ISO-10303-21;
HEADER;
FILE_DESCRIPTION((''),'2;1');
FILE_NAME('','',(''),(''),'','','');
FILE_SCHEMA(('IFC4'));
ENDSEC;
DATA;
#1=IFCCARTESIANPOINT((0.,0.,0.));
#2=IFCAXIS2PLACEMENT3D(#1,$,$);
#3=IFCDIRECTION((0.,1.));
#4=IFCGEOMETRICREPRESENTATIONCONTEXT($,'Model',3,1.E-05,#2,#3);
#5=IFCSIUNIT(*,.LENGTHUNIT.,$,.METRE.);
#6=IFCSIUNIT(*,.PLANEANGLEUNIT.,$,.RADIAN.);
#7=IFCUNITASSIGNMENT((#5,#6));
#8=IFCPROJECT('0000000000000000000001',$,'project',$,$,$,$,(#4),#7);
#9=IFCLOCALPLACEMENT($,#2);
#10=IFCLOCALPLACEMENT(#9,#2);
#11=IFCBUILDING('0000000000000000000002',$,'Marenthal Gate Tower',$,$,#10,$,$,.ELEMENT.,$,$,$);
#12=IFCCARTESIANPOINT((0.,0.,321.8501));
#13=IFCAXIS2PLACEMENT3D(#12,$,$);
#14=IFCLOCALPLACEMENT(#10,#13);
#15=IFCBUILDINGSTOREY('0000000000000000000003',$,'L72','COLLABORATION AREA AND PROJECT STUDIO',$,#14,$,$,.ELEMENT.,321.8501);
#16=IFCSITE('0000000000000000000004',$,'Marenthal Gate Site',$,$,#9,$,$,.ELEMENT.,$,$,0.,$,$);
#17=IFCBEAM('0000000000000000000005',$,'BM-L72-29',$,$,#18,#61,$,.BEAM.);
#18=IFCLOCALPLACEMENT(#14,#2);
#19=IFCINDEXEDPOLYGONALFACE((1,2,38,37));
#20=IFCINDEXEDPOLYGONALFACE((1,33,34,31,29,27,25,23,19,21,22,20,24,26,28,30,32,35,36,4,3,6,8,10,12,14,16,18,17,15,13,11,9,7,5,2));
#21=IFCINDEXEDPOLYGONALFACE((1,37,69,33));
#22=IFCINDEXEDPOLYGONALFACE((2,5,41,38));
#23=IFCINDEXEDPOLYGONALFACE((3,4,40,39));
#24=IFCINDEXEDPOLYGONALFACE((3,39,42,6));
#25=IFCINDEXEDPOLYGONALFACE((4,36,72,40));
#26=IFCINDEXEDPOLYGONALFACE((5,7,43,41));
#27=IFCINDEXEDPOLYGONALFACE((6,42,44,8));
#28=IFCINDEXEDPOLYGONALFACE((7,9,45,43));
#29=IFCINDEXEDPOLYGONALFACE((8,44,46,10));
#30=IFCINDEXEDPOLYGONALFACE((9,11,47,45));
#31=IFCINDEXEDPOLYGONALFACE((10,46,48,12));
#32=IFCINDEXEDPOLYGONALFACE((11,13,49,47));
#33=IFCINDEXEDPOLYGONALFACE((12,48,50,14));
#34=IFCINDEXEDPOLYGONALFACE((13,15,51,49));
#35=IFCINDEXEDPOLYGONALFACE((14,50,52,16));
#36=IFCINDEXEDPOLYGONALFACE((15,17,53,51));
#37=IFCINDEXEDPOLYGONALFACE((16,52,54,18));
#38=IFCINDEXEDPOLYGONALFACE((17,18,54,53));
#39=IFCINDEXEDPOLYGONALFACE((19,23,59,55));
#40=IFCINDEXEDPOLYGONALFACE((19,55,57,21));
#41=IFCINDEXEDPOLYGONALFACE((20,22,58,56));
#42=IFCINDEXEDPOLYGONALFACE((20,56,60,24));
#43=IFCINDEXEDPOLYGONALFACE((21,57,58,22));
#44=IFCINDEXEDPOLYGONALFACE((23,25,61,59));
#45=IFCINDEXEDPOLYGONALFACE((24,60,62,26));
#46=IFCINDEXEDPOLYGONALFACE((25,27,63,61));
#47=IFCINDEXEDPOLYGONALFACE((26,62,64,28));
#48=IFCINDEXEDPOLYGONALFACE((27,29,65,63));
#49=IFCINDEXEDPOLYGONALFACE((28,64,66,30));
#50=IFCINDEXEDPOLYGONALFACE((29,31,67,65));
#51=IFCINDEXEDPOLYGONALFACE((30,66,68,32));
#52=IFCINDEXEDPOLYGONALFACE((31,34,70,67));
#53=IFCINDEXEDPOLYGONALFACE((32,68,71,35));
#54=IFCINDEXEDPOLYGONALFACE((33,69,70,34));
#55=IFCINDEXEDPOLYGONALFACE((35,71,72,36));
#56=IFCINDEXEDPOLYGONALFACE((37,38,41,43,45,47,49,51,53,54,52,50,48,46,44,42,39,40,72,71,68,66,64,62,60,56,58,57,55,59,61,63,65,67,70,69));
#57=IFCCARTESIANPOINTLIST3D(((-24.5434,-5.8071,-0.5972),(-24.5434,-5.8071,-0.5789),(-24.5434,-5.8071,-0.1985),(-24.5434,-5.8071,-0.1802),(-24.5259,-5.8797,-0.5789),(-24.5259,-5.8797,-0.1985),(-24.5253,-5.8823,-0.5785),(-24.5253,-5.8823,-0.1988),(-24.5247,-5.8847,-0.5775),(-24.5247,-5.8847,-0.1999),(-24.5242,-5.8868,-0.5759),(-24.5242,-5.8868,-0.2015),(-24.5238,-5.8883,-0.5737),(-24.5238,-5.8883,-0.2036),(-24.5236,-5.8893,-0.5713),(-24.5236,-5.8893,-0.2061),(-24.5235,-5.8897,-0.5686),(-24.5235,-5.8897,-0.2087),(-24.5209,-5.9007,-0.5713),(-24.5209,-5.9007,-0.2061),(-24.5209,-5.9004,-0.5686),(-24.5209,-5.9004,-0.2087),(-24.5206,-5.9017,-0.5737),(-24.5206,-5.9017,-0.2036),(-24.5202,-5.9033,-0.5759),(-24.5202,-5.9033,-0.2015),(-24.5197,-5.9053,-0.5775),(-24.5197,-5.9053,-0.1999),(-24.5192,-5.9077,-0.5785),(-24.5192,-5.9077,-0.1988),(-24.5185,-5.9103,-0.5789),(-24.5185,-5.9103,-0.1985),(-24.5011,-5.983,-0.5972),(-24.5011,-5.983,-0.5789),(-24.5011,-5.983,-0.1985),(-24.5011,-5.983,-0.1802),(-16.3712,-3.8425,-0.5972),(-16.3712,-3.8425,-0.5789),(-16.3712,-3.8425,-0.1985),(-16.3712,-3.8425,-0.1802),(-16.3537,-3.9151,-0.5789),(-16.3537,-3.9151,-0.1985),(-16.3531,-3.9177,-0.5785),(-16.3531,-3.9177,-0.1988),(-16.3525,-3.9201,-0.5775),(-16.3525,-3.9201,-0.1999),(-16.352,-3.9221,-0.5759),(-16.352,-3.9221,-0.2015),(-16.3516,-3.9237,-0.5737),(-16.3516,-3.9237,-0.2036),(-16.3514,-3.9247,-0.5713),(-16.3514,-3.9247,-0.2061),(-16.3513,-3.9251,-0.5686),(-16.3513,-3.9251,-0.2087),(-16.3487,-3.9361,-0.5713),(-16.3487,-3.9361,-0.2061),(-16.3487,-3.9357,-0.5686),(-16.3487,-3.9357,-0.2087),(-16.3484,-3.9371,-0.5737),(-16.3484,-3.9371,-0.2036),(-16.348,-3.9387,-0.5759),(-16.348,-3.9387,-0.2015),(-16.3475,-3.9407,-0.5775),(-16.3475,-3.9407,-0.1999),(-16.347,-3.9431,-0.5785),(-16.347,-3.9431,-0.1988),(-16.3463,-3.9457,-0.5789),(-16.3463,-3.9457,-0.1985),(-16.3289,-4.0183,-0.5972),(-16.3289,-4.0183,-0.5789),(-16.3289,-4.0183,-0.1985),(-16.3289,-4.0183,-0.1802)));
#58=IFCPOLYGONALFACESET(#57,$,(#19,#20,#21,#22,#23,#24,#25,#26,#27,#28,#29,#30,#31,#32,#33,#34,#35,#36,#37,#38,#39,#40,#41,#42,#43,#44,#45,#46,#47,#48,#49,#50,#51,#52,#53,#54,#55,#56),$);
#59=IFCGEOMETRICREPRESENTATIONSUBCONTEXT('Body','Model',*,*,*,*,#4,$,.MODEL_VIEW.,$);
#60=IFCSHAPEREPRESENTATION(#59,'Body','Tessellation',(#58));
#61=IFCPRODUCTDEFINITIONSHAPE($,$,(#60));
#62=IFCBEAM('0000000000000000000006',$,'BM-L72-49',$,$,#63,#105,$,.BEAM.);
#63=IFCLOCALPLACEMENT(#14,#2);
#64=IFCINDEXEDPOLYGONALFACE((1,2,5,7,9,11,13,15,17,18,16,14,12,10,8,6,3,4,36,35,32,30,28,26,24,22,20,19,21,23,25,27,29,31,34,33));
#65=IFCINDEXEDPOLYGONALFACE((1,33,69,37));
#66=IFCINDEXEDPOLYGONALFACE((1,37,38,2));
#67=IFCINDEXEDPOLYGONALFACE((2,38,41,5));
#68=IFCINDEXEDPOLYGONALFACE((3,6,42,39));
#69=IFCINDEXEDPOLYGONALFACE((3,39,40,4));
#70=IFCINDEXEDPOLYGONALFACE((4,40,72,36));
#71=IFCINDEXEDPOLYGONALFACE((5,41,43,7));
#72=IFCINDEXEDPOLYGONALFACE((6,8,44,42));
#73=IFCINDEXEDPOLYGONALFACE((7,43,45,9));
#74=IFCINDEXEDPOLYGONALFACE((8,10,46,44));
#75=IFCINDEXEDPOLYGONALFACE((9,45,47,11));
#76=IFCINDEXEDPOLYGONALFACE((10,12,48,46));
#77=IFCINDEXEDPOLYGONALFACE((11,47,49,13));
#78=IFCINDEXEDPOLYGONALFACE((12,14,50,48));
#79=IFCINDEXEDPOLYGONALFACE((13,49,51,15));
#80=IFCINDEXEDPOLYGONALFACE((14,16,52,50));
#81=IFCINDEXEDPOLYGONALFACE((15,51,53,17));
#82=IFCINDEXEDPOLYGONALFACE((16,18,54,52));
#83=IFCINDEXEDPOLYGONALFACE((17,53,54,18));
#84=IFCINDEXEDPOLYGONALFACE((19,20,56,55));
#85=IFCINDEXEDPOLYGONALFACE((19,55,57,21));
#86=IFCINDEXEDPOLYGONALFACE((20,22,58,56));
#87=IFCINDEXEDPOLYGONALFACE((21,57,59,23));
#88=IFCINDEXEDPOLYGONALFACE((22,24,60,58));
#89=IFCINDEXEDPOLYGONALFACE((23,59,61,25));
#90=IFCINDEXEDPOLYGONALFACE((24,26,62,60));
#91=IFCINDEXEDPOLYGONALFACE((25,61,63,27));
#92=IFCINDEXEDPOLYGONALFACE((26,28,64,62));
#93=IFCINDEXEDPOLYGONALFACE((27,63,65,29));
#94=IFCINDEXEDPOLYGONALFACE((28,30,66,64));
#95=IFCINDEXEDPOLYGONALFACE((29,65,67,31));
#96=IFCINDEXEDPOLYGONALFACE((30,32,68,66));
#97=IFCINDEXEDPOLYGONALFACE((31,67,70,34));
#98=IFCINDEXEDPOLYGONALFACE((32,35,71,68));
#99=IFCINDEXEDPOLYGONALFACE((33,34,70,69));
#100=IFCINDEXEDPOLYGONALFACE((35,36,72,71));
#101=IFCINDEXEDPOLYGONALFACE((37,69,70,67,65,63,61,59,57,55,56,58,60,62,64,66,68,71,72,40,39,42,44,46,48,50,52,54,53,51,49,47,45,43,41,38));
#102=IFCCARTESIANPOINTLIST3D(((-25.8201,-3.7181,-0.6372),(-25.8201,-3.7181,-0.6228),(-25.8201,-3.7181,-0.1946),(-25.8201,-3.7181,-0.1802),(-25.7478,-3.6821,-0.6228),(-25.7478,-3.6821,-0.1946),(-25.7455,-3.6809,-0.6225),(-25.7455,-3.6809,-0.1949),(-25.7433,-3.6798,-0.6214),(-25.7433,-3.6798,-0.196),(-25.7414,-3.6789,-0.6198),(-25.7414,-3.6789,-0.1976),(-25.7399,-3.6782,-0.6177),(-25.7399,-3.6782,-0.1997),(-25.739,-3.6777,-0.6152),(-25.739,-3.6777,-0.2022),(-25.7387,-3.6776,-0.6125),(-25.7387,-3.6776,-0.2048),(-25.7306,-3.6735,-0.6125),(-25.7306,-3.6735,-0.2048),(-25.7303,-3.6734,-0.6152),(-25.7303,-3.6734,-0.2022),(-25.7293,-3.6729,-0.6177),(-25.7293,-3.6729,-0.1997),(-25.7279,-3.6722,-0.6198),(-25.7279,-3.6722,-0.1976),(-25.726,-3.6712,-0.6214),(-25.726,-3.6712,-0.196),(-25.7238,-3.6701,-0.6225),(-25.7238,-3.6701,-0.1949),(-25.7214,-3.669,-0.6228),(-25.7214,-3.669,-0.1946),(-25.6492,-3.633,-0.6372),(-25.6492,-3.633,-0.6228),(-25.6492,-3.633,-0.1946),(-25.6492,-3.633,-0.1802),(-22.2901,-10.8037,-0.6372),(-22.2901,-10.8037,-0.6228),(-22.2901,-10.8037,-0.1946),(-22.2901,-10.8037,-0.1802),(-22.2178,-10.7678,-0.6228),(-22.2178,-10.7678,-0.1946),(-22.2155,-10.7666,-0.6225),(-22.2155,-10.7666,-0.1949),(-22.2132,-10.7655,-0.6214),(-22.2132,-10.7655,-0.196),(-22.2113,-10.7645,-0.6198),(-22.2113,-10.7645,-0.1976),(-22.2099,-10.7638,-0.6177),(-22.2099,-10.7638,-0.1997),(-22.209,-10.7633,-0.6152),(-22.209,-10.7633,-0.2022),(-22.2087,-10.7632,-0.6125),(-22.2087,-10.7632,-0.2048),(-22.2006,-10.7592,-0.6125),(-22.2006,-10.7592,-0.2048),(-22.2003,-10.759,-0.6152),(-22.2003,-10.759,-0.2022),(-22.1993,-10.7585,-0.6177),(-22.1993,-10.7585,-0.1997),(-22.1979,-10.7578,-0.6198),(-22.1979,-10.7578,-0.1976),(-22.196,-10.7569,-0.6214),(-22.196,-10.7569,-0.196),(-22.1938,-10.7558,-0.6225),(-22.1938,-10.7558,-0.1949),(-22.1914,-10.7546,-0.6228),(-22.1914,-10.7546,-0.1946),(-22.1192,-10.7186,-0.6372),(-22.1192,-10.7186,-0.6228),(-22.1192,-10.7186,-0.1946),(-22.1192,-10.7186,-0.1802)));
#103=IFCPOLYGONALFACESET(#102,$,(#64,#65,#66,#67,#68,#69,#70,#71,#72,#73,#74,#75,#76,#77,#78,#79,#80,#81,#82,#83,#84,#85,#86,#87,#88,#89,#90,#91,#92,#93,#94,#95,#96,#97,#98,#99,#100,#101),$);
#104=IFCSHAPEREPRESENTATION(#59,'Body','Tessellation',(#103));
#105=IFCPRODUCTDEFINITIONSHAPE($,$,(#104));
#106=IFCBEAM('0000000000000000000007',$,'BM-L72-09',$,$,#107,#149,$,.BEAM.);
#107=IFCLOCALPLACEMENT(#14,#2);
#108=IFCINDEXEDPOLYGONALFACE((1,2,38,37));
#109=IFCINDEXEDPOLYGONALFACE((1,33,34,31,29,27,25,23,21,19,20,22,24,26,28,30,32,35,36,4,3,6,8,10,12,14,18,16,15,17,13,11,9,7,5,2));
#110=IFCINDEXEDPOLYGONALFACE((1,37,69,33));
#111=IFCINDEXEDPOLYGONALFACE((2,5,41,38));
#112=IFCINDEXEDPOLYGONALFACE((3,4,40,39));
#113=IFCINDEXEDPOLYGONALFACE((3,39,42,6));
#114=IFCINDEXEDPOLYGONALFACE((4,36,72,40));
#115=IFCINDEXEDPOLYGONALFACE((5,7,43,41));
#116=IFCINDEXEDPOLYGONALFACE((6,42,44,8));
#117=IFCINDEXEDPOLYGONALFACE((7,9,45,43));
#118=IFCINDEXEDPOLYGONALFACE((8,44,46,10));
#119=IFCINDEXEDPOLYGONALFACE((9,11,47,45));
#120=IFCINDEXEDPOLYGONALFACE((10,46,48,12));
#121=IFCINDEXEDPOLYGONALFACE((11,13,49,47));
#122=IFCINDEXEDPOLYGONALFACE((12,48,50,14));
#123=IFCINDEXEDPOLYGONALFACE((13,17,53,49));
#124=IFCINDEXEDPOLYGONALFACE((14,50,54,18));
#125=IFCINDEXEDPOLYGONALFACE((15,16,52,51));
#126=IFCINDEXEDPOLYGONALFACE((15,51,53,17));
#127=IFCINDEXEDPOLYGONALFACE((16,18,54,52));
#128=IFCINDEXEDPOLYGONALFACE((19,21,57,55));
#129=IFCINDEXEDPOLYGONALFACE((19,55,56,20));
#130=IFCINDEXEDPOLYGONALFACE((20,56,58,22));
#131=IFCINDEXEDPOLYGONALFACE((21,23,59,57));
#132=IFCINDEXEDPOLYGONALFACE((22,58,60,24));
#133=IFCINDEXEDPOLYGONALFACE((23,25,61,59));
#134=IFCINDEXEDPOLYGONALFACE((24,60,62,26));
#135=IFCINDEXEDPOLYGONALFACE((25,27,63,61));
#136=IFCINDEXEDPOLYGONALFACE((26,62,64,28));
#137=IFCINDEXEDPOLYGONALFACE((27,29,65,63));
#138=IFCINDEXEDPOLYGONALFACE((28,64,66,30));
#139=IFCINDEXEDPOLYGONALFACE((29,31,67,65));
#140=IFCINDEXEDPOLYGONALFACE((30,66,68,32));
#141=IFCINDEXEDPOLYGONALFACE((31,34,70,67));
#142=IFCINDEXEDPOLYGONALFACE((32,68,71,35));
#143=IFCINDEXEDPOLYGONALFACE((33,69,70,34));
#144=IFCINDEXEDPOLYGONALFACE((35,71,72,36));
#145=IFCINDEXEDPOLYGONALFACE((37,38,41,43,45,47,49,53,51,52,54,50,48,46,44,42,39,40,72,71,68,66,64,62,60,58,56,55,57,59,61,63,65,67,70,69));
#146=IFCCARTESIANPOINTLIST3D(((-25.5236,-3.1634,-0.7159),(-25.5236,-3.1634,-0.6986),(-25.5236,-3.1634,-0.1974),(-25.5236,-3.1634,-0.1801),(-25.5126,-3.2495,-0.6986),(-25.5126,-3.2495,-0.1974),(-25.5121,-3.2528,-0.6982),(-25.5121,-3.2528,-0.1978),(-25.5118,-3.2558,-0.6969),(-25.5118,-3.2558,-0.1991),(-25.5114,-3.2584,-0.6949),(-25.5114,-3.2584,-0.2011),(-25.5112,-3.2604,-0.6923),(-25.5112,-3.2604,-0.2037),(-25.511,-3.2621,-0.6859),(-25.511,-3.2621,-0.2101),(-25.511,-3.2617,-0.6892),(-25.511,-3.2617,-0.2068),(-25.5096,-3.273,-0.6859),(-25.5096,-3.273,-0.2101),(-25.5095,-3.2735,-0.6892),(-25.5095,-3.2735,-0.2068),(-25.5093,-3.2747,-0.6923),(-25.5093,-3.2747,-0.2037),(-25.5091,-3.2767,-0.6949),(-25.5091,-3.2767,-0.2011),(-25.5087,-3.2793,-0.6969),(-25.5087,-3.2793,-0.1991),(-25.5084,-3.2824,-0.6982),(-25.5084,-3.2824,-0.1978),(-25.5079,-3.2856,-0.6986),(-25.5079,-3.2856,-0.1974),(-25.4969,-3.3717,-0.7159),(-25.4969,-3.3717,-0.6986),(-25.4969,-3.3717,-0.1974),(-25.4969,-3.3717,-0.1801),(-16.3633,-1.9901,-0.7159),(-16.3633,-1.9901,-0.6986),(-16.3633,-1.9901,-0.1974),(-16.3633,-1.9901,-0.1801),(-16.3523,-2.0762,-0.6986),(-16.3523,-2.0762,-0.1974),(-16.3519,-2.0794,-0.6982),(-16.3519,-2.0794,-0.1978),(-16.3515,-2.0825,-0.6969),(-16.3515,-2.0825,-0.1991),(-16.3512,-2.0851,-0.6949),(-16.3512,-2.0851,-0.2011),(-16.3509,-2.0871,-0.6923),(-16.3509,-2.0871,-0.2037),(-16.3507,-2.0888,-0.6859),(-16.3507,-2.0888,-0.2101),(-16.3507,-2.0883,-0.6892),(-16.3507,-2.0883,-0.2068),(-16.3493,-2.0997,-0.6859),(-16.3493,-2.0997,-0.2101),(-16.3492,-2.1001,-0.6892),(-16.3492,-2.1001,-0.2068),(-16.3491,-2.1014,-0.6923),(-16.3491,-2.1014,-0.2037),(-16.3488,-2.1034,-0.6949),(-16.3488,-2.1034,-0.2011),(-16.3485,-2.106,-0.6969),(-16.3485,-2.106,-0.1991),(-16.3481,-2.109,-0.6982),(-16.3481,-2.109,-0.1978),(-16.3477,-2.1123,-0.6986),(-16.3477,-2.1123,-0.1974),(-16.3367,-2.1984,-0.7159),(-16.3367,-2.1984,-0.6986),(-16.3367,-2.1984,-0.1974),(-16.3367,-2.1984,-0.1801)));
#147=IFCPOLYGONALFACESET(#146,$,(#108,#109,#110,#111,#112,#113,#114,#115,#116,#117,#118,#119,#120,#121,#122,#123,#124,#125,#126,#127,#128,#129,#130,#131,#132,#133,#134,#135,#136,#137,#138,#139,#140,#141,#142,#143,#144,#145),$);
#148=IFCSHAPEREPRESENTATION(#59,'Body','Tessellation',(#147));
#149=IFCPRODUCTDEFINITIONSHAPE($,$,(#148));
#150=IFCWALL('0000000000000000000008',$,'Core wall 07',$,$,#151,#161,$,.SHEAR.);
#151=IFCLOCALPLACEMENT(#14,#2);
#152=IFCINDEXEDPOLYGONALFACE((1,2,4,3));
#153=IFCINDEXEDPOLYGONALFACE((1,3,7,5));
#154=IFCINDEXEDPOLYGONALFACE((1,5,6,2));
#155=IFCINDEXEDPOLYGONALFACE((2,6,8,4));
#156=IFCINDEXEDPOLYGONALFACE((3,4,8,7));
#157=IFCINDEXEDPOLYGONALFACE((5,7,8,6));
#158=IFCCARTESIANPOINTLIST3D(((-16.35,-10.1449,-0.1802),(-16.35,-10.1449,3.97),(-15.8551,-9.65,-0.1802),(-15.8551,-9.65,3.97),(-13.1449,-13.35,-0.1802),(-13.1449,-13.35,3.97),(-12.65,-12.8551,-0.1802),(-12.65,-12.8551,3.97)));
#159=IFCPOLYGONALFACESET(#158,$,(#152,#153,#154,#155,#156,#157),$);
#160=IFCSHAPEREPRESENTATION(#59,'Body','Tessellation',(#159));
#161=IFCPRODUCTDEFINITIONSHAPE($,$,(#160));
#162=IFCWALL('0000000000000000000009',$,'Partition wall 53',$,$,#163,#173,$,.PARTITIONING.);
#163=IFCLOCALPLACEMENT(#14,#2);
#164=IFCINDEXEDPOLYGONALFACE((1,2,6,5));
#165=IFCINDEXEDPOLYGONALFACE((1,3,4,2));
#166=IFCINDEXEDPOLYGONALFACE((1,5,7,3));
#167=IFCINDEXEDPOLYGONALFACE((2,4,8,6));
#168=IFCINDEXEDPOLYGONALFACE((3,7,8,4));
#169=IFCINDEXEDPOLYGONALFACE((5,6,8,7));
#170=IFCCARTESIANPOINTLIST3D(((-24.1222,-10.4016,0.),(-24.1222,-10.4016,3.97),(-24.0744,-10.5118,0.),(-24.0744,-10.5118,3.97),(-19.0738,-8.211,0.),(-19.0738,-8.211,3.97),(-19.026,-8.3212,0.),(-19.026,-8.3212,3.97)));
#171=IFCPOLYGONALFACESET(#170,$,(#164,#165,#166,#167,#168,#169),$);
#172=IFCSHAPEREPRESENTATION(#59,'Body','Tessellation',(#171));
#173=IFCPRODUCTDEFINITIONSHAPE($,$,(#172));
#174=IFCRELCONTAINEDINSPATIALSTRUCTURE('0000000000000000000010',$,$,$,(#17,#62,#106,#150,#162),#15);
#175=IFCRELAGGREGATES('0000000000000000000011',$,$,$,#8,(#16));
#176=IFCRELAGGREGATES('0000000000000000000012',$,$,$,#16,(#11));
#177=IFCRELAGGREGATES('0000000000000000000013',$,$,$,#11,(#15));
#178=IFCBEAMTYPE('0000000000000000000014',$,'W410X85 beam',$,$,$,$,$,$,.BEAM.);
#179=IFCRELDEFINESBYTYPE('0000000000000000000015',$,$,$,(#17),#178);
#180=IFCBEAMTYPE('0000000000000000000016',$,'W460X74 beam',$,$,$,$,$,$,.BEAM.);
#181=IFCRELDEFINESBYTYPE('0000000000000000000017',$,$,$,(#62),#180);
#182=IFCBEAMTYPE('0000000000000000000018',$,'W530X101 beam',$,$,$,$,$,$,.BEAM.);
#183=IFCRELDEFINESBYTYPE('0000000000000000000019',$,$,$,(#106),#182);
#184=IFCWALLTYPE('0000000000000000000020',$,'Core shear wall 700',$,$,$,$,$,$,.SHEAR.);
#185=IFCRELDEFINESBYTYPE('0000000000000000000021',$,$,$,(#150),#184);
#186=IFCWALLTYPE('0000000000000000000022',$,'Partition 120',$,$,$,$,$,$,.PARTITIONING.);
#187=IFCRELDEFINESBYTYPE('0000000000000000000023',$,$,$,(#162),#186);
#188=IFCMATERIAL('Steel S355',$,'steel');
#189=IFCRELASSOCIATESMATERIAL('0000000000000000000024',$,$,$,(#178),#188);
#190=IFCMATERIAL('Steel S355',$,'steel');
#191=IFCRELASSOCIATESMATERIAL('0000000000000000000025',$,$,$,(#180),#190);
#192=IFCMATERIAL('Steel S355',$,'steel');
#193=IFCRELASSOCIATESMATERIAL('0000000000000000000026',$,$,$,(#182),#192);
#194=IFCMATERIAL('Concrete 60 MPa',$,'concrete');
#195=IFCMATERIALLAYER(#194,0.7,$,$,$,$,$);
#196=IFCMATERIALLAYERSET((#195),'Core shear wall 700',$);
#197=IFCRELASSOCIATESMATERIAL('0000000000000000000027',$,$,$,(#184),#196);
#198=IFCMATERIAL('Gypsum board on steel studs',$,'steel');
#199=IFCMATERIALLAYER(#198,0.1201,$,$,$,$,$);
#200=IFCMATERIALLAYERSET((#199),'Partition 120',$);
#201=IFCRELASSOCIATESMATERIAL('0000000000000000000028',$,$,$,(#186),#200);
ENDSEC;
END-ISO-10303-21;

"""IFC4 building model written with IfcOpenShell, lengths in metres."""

from ifc_helpers import new_model, si_unit, direction, frame, frame_2d, origin, origin_2d, place, context, subcontext, project, spatial, rectangle, i_section, extrude, material, layer, layer_set, material_profile, profile_set, type_object, element, save


model = new_model("IFC4")

# Units and contexts
model_context = context("Model", 3, precision=1e-05, world=origin(), true_north=direction((0.0, 1.0)))
body_context = subcontext(model_context, "Body", "Model", "MODEL_VIEW")
ifc_project = project(units=[si_unit("LENGTHUNIT", "METRE"), si_unit("PLANEANGLEUNIT", "RADIAN")], contexts=[model_context])

# Site, building, storey
site_placement = place(None, origin())
site = spatial("IfcSite", under=ifc_project, at=site_placement, Name="Marenthal Gate Site", CompositionType="ELEMENT", RefElevation=0.0)
building_placement = place(site_placement, origin())
building = spatial("IfcBuilding", under=site, at=building_placement, Name="Marenthal Gate Tower", CompositionType="ELEMENT")
storey_placement = place(building_placement, frame((0.0, 0.0, 321.8501)))
storey = spatial("IfcBuildingStorey", under=building, at=storey_placement, Name="L72", Description="COLLABORATION AREA AND PROJECT STUDIO", CompositionType="ELEMENT", Elevation=321.8501)

# Beams
ifc_material_1 = material(Name="Steel S355", Category="steel")
ifc_material_profile_1 = material_profile(ifc_material_1, i_section(OverallWidth=0.1809, OverallDepth=0.417, WebThickness=0.011, FlangeThickness=0.0183, FilletRadius=0.0103, at=origin_2d()), Name="W410X85")
ifc_profile_set_1 = profile_set([ifc_material_profile_1], Name="Steel S355")
beam_type_1 = type_object("IfcBeamType", Name="W410X85 beam", PredefinedType="BEAM", material=ifc_profile_set_1)
beam_1_placement = place(storey_placement, frame((-24.5222, -5.895, -0.3887), z_axis=(0.972298, 0.233743, 0.0), x_axis=(-0.233743, 0.972298, 0.0)))
element("IfcBeam", 1, at=beam_1_placement, inside=storey, type_object=beam_type_1, Name="BM-L72-29", PredefinedType="BEAM", context=body_context, shape_type="SweptSolid", body=[
    extrude(i_section(OverallWidth=0.1809, OverallDepth=0.417, WebThickness=0.011, FlangeThickness=0.0183, FilletRadius=0.0103, at=origin_2d()), origin(), (0.0, 0.0, 1.0), 8.405),
])
ifc_material_2 = material(Name="Steel S355", Category="steel")
ifc_material_profile_2 = material_profile(ifc_material_2, i_section(OverallWidth=0.1909, OverallDepth=0.457, WebThickness=0.009, FlangeThickness=0.0144, FilletRadius=0.0103, at=origin_2d()), Name="W460X74")
ifc_profile_set_2 = profile_set([ifc_material_profile_2], Name="Steel S355")
beam_type_2 = type_object("IfcBeamType", Name="W460X74 beam", PredefinedType="BEAM", material=ifc_profile_set_2)
beam_2_placement = place(storey_placement, frame((-25.7346, -3.6755, -0.4087), z_axis=(0.445918, -0.895074, 0.0), x_axis=(0.895074, 0.445918, 0.0)))
element("IfcBeam", 2, at=beam_2_placement, inside=storey, type_object=beam_type_2, Name="BM-L72-49", PredefinedType="BEAM", context=body_context, shape_type="SweptSolid", body=[
    extrude(i_section(OverallWidth=0.1909, OverallDepth=0.457, WebThickness=0.009, FlangeThickness=0.0144, FilletRadius=0.0103, at=origin_2d()), origin(), (0.0, 0.0, 1.0), 7.9163),
])
ifc_material_3 = material(Name="Steel S355", Category="steel")
ifc_material_profile_3 = material_profile(ifc_material_3, i_section(OverallWidth=0.21, OverallDepth=0.5359, WebThickness=0.011, FlangeThickness=0.0173, FilletRadius=0.0127, at=origin_2d()), Name="W530X101")
ifc_profile_set_3 = profile_set([ifc_material_profile_3], Name="Steel S355")
beam_type_3 = type_object("IfcBeamType", Name="W530X101 beam", PredefinedType="BEAM", material=ifc_profile_set_3)
beam_3_placement = place(storey_placement, frame((-25.5103, -3.2676, -0.448), z_axis=(0.991896, 0.127054, 0.0), x_axis=(-0.127054, 0.991896, 0.0)))
element("IfcBeam", 3, at=beam_3_placement, inside=storey, type_object=beam_type_3, Name="BM-L72-09", PredefinedType="BEAM", context=body_context, shape_type="SweptSolid", body=[
    extrude(i_section(OverallWidth=0.21, OverallDepth=0.5359, WebThickness=0.011, FlangeThickness=0.0173, FilletRadius=0.0127, at=origin_2d()), origin(), (0.0, 0.0, 1.0), 9.2351),
])

# Walls
ifc_material_4 = material(Name="Concrete 60 MPa", Category="concrete")
ifc_layer_1 = layer(ifc_material_4, 0.7)
ifc_layer_set_1 = layer_set([ifc_layer_1], Name="Core shear wall 700")
wall_type_1 = type_object("IfcWallType", Name="Core shear wall 700", PredefinedType="SHEAR", material=ifc_layer_set_1)
wall_1_placement = place(storey_placement, frame((-16.1025, -9.8975, -0.1802), z_axis=(0.0, 0.0, 1.0), x_axis=(0.707107, -0.707107, 0.0)))
element("IfcWall", 4, at=wall_1_placement, inside=storey, type_object=wall_type_1, Name="Core wall 07", PredefinedType="SHEAR", context=body_context, shape_type="SweptSolid", body=[
    extrude(rectangle(XDim=4.5327, YDim=0.7, at=frame_2d((2.2664, 0.0))), origin(), (0.0, 0.0, 1.0), 4.1501),
])
ifc_material_5 = material(Name="Gypsum board on steel studs", Category="steel")
ifc_layer_2 = layer(ifc_material_5, 0.1201)
ifc_layer_set_2 = layer_set([ifc_layer_2], Name="Partition 120")
wall_type_2 = type_object("IfcWallType", Name="Partition 120", PredefinedType="PARTITIONING", material=ifc_layer_set_2)
wall_2_placement = place(storey_placement, frame((-19.05, -8.2661, 0.0), z_axis=(0.0, 0.0, 1.0), x_axis=(-0.917353, -0.398076, 0.0)))
element("IfcWall", 5, at=wall_2_placement, inside=storey, type_object=wall_type_2, Name="Partition wall 53", PredefinedType="PARTITIONING", context=body_context, shape_type="SweptSolid", body=[
    extrude(rectangle(XDim=5.5032, YDim=0.1201, at=frame_2d((2.7515, 0.0))), origin(), (0.0, 0.0, 1.0), 3.97),
])

save(model, "model.ifc")
